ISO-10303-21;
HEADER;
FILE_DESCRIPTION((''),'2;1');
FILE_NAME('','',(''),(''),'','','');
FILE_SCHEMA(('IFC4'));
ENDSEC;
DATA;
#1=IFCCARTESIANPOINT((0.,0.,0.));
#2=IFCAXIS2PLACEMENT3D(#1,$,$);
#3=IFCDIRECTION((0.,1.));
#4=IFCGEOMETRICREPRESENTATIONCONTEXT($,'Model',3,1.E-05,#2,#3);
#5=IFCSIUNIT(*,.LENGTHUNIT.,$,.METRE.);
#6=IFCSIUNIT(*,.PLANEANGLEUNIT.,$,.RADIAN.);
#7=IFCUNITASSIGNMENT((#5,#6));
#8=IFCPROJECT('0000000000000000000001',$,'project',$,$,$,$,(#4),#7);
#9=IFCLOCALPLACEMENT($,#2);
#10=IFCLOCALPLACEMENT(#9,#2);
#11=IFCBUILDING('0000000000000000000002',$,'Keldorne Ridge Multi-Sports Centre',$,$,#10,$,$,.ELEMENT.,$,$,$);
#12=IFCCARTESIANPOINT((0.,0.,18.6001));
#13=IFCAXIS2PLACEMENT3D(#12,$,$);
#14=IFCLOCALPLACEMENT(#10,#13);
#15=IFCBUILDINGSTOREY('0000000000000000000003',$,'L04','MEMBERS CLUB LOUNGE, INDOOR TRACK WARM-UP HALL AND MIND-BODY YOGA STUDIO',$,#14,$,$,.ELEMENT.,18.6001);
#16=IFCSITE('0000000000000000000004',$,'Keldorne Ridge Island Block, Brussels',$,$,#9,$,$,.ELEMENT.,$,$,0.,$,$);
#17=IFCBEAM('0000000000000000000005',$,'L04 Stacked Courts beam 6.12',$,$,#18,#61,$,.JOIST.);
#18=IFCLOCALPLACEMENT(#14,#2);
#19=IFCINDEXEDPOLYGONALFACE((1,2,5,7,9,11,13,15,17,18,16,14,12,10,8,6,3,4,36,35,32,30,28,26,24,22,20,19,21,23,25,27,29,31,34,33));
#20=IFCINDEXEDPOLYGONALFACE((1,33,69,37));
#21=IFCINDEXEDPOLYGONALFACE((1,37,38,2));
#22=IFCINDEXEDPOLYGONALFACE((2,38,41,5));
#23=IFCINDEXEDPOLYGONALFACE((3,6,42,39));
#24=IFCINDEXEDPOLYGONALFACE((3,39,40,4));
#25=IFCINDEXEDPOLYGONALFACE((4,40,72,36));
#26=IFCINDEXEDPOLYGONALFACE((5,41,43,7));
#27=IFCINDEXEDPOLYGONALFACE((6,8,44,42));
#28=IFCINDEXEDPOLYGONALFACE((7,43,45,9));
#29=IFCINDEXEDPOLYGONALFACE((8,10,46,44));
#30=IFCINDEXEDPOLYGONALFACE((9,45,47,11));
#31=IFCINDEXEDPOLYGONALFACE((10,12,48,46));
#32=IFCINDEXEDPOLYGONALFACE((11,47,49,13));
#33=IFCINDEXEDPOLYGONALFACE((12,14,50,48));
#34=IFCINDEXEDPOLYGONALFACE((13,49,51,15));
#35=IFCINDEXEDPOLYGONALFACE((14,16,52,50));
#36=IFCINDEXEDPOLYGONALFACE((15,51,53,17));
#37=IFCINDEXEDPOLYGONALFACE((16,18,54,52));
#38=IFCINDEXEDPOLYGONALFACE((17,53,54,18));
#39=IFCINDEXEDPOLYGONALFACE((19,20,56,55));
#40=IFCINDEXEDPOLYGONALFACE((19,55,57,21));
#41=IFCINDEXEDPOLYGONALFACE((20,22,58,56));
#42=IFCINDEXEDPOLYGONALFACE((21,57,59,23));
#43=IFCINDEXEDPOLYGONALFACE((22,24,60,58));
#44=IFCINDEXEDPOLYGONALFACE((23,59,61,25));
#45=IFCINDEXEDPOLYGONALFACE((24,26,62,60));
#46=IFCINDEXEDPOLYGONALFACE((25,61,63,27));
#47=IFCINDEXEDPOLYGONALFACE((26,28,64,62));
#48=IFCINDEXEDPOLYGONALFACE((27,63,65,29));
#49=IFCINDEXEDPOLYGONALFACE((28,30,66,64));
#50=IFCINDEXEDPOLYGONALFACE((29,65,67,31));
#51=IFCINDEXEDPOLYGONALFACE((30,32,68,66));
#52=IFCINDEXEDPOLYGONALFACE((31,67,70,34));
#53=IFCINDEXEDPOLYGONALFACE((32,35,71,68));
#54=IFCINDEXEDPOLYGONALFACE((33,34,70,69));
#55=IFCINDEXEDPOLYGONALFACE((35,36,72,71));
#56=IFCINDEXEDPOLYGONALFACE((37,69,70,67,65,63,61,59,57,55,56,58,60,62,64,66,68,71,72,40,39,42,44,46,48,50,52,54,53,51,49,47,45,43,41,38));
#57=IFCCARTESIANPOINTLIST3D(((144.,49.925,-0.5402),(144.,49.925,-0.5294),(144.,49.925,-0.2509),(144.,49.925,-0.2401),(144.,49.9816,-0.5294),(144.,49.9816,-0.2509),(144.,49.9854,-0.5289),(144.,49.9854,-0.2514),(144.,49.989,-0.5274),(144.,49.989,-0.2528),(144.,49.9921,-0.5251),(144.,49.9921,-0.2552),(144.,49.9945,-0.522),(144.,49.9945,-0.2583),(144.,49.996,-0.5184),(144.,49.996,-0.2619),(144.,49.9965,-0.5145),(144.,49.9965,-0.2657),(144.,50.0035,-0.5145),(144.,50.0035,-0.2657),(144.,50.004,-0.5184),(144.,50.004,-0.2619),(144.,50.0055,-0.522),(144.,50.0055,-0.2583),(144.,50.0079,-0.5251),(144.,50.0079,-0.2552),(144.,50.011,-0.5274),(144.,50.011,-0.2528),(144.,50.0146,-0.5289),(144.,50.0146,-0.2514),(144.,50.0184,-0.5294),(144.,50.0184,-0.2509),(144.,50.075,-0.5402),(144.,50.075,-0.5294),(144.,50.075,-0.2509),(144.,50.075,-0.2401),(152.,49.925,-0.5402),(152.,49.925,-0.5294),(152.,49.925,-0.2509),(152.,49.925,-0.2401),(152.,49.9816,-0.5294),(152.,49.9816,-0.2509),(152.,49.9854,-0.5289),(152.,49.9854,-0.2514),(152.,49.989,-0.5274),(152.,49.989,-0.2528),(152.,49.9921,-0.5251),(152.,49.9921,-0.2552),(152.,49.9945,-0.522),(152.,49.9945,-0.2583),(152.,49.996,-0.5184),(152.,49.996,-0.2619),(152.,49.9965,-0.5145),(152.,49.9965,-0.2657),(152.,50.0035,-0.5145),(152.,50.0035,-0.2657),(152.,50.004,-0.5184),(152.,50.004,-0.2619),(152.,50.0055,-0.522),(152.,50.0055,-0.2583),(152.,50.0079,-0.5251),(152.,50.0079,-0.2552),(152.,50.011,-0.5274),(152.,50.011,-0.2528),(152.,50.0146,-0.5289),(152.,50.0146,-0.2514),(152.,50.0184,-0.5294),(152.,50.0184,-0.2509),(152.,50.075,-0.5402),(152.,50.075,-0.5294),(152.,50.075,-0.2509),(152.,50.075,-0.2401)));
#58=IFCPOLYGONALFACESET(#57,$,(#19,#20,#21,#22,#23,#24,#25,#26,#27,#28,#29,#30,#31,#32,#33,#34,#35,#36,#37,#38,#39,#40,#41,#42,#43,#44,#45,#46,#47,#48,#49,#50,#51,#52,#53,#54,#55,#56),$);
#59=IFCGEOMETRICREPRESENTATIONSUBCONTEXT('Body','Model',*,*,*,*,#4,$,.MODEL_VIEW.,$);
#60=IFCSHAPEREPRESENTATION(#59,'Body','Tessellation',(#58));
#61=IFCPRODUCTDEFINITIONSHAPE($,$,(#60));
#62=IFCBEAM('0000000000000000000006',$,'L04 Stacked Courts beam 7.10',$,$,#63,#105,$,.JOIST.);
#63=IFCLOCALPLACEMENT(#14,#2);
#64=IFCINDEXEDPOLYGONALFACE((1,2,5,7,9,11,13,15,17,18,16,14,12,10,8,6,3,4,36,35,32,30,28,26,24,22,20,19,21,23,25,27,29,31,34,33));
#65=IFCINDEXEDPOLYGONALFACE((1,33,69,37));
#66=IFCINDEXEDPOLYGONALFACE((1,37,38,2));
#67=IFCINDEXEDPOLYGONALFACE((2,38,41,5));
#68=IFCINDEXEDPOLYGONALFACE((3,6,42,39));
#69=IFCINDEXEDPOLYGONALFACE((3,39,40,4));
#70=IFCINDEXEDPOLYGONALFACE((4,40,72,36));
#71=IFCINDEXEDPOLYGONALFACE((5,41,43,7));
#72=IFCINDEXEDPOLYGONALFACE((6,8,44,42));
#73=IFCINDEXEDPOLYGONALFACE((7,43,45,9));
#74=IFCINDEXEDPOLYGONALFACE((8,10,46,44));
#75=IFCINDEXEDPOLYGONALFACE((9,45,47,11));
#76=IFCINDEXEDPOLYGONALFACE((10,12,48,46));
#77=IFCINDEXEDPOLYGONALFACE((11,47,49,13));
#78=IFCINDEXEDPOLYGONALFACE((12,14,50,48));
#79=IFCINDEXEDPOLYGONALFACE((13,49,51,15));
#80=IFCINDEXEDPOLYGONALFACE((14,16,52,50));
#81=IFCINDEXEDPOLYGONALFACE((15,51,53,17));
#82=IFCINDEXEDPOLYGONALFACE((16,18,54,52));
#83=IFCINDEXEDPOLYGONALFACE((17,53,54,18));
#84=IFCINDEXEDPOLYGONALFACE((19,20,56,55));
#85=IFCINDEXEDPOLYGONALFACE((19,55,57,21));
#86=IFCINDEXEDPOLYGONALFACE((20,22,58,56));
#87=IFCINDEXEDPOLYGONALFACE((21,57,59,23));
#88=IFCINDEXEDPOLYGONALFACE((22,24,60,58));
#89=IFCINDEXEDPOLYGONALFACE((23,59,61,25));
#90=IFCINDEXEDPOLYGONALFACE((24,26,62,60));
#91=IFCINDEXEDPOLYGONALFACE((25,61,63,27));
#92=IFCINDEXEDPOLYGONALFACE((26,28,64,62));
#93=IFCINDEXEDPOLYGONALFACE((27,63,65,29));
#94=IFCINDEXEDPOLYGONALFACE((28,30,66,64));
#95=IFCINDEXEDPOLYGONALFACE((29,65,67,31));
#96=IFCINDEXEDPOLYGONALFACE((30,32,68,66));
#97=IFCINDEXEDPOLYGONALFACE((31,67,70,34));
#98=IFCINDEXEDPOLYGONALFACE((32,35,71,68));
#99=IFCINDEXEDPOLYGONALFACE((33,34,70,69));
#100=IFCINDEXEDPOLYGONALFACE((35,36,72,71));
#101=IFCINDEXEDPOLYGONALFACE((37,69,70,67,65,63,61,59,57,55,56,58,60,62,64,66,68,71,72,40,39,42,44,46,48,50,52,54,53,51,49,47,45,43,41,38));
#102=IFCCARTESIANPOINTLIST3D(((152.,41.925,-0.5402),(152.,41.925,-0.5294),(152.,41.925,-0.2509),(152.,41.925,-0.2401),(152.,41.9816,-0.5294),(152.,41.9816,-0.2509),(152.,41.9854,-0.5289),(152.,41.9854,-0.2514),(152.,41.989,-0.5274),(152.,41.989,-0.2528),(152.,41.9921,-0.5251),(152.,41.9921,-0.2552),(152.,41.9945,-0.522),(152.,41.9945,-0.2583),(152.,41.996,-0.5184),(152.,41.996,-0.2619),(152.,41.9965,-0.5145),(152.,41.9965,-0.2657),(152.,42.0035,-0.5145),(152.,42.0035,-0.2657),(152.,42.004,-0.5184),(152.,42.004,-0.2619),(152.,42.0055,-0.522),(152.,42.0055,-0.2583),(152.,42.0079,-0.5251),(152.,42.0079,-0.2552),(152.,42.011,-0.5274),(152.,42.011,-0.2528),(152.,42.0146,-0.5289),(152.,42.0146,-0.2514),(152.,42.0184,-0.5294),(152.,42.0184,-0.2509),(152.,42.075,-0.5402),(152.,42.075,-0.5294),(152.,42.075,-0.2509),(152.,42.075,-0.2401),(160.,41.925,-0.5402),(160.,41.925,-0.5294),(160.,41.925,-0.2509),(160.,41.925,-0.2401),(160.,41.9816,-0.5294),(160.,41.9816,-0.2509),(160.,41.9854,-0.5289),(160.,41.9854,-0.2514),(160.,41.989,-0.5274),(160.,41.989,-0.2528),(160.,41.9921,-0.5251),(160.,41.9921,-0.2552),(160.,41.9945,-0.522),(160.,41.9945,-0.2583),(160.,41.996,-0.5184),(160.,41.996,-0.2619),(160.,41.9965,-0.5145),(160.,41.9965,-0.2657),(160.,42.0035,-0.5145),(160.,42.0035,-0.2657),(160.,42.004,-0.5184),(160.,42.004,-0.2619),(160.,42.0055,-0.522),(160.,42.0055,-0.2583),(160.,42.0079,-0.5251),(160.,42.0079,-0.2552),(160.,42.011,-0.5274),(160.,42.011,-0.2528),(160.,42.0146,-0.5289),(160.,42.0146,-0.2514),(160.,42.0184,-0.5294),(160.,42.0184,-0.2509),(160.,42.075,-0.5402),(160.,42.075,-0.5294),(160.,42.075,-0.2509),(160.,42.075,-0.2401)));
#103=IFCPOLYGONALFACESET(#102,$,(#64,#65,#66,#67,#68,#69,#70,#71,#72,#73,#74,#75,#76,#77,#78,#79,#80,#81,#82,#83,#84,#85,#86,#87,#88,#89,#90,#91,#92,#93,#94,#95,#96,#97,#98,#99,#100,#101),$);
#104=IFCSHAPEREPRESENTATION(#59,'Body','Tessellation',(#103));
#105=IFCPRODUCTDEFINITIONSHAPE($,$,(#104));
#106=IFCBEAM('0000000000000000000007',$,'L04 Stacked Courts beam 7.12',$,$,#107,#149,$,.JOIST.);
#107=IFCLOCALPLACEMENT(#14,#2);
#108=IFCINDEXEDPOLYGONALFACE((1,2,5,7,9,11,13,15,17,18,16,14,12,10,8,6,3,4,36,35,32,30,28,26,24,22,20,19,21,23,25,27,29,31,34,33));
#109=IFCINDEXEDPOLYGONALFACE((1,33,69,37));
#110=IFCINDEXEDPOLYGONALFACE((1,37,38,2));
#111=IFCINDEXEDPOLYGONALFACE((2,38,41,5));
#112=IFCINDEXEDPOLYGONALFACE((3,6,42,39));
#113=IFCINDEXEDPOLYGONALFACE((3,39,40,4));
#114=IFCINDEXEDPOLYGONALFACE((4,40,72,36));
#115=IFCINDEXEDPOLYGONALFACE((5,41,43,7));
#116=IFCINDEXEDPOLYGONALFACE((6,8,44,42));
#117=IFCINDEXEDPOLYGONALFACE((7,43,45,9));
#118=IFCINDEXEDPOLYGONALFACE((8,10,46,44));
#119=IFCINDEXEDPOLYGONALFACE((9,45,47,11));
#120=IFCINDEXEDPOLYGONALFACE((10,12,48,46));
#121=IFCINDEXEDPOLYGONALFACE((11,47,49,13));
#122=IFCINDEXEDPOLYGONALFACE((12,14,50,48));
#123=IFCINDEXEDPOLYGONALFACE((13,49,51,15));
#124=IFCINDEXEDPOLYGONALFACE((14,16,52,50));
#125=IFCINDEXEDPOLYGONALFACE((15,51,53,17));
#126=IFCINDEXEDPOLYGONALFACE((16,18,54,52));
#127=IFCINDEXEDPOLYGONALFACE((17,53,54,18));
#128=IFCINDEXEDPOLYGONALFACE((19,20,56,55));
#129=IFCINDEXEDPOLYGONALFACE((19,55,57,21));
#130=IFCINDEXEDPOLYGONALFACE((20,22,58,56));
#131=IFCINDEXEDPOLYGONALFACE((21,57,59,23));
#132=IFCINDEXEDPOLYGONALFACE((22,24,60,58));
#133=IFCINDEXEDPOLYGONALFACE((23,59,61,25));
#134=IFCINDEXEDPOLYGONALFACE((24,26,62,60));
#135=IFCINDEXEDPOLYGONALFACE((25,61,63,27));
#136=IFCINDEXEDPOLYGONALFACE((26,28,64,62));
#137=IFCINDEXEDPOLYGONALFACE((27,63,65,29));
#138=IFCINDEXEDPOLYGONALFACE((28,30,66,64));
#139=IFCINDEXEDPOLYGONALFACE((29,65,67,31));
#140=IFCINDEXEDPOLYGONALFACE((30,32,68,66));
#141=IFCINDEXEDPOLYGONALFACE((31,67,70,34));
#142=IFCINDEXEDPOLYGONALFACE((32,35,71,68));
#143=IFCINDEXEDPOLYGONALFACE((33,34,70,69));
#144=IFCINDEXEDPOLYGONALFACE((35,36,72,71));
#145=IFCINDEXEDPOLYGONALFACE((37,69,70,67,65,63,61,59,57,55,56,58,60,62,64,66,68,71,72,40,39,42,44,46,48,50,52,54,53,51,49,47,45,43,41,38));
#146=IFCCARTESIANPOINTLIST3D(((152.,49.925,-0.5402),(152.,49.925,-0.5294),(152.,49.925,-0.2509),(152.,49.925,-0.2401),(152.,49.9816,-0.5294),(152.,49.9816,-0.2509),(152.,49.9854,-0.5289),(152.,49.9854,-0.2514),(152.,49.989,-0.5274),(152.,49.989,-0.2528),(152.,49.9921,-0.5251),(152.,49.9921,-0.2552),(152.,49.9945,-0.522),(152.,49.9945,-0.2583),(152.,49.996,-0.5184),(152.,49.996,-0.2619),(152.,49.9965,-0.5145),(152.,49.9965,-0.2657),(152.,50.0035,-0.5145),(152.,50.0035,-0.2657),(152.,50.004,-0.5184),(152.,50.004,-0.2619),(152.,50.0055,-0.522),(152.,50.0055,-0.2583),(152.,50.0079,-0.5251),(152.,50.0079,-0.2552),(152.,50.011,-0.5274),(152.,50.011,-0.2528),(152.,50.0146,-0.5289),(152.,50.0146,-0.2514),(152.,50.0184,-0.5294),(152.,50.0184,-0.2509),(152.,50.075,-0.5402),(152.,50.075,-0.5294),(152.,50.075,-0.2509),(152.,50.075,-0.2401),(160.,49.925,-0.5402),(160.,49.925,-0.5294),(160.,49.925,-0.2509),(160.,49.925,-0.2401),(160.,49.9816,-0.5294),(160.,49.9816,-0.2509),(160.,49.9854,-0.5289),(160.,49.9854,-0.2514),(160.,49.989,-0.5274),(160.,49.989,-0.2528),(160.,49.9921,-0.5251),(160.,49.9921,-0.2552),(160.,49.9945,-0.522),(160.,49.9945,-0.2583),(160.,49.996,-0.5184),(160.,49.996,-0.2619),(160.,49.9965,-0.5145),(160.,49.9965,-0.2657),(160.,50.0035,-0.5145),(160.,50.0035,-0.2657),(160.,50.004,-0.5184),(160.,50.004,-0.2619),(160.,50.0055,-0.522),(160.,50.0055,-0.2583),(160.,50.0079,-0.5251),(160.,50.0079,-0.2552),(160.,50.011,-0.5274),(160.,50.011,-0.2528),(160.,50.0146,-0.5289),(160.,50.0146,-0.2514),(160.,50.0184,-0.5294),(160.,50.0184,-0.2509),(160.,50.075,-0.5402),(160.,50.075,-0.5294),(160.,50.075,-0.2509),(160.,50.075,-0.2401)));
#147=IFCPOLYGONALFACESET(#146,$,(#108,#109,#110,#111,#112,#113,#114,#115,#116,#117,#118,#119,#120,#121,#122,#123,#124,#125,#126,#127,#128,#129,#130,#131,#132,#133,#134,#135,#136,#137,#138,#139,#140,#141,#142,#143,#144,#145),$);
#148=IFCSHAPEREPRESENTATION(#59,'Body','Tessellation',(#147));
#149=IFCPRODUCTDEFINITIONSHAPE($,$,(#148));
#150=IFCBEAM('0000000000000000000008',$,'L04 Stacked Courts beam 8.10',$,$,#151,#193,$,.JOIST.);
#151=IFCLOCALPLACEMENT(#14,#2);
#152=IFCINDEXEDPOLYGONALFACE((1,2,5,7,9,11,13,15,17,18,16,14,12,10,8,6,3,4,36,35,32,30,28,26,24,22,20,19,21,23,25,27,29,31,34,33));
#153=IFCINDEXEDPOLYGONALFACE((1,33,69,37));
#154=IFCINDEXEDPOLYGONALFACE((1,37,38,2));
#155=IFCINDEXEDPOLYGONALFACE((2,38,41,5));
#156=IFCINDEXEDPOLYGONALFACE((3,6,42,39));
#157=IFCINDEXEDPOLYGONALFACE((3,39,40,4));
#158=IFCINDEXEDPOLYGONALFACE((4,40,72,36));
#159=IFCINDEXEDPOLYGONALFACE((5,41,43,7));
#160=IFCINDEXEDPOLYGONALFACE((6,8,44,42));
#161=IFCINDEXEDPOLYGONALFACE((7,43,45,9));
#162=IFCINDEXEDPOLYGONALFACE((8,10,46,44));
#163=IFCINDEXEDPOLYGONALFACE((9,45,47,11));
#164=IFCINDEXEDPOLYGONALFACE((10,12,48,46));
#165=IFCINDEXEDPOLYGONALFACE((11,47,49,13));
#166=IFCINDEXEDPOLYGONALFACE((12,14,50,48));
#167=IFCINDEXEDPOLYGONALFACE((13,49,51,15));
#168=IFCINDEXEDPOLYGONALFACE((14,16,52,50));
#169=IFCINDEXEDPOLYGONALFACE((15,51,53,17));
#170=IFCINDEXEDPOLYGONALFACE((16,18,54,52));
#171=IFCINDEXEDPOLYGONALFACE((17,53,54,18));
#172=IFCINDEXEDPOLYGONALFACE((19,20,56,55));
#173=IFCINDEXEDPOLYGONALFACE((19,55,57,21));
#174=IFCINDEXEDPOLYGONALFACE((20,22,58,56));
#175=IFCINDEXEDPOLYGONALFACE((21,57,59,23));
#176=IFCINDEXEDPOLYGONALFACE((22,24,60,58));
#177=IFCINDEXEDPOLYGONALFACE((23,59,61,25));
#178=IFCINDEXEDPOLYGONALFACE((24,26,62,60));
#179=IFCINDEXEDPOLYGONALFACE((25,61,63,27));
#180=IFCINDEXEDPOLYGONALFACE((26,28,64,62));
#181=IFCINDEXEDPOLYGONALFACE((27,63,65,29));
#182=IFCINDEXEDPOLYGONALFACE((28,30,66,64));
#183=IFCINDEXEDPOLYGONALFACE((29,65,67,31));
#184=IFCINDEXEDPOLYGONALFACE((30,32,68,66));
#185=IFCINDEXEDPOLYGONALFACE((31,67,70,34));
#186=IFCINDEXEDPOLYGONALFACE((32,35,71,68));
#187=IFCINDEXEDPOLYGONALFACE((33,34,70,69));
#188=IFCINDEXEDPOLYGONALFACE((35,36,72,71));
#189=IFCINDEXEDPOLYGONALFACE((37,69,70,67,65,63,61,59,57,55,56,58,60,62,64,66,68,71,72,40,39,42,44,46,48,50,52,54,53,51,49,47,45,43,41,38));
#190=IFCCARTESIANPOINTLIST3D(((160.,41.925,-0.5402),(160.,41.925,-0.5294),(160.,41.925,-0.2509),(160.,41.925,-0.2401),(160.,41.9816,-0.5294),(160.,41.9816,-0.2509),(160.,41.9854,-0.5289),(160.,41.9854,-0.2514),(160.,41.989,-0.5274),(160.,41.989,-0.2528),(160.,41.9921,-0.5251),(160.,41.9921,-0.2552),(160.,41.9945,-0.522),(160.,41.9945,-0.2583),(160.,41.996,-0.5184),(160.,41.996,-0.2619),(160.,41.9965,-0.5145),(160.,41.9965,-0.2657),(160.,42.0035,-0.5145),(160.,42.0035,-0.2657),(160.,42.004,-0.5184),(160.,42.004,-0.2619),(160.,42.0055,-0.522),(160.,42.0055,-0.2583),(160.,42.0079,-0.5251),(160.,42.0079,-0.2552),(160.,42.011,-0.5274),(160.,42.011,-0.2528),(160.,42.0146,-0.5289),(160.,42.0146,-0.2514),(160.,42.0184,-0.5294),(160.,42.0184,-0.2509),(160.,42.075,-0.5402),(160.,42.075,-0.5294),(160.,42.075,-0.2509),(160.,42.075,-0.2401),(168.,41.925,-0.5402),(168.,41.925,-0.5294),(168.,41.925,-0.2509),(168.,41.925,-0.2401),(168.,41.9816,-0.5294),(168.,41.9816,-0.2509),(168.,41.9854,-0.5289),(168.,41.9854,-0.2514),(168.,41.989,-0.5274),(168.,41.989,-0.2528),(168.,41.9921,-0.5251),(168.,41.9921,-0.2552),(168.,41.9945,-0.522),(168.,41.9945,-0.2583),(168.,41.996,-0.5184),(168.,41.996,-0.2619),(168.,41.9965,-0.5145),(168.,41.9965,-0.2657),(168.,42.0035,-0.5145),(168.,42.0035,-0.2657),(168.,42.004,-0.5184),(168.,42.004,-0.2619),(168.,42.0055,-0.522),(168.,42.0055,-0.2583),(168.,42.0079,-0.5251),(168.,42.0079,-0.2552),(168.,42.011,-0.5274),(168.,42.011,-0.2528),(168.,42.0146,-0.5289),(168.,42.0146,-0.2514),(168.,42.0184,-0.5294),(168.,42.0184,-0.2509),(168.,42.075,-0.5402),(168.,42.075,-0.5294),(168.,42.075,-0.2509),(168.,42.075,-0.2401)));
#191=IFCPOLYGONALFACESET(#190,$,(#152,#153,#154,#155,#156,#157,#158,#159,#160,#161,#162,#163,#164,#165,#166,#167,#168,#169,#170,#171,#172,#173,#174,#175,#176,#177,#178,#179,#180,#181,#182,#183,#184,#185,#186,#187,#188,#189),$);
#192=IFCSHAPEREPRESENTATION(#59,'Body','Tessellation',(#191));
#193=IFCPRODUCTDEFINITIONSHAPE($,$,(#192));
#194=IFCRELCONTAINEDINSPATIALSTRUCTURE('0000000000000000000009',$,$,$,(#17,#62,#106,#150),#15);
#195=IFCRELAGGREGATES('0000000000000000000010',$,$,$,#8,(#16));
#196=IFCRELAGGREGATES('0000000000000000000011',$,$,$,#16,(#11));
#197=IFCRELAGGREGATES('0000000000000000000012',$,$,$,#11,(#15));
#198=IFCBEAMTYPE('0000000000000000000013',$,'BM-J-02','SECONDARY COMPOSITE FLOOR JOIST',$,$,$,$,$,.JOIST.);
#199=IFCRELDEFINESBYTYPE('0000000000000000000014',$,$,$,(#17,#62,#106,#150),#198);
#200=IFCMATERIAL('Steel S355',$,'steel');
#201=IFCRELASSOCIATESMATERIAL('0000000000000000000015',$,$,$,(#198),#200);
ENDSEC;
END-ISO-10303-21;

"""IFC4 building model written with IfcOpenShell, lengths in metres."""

from ifc_helpers import new_model, si_unit, direction, frame, origin, origin_2d, place, context, subcontext, project, spatial, i_section, extrude, material, material_profile, profile_set, type_object, element, save


model = new_model("IFC4")

# Units and contexts
model_context = context("Model", 3, precision=1e-05, world=origin(), true_north=direction((0.0, 1.0)))
body_context = subcontext(model_context, "Body", "Model", "MODEL_VIEW")
ifc_project = project(units=[si_unit("LENGTHUNIT", "METRE"), si_unit("PLANEANGLEUNIT", "RADIAN")], contexts=[model_context])

# Site, building, storey
site_placement = place(None, origin())
site = spatial("IfcSite", under=ifc_project, at=site_placement, Name="Keldorne Ridge Island Block, Brussels", CompositionType="ELEMENT", RefElevation=0.0)
building_placement = place(site_placement, origin())
building = spatial("IfcBuilding", under=site, at=building_placement, Name="Keldorne Ridge Multi-Sports Centre", CompositionType="ELEMENT")
storey_placement = place(building_placement, frame((0.0, 0.0, 18.6001)))
storey = spatial("IfcBuildingStorey", under=building, at=storey_placement, Name="L04", Description="MEMBERS CLUB LOUNGE, INDOOR TRACK WARM-UP HALL AND MIND-BODY YOGA STUDIO", CompositionType="ELEMENT", Elevation=18.6001)

# Shared definitions
ifc_material_1 = material(Name="Steel S355", Category="steel")

# Beams
ifc_material_profile_1 = material_profile(ifc_material_1, i_section(OverallWidth=0.1499, OverallDepth=0.3, WebThickness=0.0071, FlangeThickness=0.0107, FilletRadius=0.0149, at=origin_2d()), Name="IPE 300")
ifc_profile_set_1 = profile_set([ifc_material_profile_1], Name="Steel S355")
beam_type_1 = type_object("IfcBeamType", Name="BM-J-02", Description="SECONDARY COMPOSITE FLOOR JOIST", PredefinedType="JOIST", material=ifc_profile_set_1)
for number, where, z_axis, x_axis, name in (
    (1, (144.0, 50.0, -0.3901), (1.0, 0.0, 0.0), (0.0, 1.0, 0.0), "L04 Stacked Courts beam 6.12"),
    (2, (152.0, 42.0, -0.3901), (1.0, 0.0, 0.0), (0.0, 1.0, 0.0), "L04 Stacked Courts beam 7.10"),
    (3, (152.0, 50.0, -0.3901), (1.0, 0.0, 0.0), (0.0, 1.0, 0.0), "L04 Stacked Courts beam 7.12"),
    (4, (160.0, 42.0, -0.3901), (1.0, 0.0, 0.0), (0.0, 1.0, 0.0), "L04 Stacked Courts beam 8.10"),
):
    element("IfcBeam", number, at=place(storey_placement, frame(where, z_axis=z_axis, x_axis=x_axis)), inside=storey, type_object=beam_type_1, Name=name, PredefinedType="JOIST", context=body_context, shape_type="SweptSolid", body=[
        extrude(i_section(OverallWidth=0.1499, OverallDepth=0.3, WebThickness=0.0071, FlangeThickness=0.0107, FilletRadius=0.0149, at=origin_2d()), origin(), (0.0, 0.0, 1.0), 8.0),
    ])

save(model, "model.ifc")
